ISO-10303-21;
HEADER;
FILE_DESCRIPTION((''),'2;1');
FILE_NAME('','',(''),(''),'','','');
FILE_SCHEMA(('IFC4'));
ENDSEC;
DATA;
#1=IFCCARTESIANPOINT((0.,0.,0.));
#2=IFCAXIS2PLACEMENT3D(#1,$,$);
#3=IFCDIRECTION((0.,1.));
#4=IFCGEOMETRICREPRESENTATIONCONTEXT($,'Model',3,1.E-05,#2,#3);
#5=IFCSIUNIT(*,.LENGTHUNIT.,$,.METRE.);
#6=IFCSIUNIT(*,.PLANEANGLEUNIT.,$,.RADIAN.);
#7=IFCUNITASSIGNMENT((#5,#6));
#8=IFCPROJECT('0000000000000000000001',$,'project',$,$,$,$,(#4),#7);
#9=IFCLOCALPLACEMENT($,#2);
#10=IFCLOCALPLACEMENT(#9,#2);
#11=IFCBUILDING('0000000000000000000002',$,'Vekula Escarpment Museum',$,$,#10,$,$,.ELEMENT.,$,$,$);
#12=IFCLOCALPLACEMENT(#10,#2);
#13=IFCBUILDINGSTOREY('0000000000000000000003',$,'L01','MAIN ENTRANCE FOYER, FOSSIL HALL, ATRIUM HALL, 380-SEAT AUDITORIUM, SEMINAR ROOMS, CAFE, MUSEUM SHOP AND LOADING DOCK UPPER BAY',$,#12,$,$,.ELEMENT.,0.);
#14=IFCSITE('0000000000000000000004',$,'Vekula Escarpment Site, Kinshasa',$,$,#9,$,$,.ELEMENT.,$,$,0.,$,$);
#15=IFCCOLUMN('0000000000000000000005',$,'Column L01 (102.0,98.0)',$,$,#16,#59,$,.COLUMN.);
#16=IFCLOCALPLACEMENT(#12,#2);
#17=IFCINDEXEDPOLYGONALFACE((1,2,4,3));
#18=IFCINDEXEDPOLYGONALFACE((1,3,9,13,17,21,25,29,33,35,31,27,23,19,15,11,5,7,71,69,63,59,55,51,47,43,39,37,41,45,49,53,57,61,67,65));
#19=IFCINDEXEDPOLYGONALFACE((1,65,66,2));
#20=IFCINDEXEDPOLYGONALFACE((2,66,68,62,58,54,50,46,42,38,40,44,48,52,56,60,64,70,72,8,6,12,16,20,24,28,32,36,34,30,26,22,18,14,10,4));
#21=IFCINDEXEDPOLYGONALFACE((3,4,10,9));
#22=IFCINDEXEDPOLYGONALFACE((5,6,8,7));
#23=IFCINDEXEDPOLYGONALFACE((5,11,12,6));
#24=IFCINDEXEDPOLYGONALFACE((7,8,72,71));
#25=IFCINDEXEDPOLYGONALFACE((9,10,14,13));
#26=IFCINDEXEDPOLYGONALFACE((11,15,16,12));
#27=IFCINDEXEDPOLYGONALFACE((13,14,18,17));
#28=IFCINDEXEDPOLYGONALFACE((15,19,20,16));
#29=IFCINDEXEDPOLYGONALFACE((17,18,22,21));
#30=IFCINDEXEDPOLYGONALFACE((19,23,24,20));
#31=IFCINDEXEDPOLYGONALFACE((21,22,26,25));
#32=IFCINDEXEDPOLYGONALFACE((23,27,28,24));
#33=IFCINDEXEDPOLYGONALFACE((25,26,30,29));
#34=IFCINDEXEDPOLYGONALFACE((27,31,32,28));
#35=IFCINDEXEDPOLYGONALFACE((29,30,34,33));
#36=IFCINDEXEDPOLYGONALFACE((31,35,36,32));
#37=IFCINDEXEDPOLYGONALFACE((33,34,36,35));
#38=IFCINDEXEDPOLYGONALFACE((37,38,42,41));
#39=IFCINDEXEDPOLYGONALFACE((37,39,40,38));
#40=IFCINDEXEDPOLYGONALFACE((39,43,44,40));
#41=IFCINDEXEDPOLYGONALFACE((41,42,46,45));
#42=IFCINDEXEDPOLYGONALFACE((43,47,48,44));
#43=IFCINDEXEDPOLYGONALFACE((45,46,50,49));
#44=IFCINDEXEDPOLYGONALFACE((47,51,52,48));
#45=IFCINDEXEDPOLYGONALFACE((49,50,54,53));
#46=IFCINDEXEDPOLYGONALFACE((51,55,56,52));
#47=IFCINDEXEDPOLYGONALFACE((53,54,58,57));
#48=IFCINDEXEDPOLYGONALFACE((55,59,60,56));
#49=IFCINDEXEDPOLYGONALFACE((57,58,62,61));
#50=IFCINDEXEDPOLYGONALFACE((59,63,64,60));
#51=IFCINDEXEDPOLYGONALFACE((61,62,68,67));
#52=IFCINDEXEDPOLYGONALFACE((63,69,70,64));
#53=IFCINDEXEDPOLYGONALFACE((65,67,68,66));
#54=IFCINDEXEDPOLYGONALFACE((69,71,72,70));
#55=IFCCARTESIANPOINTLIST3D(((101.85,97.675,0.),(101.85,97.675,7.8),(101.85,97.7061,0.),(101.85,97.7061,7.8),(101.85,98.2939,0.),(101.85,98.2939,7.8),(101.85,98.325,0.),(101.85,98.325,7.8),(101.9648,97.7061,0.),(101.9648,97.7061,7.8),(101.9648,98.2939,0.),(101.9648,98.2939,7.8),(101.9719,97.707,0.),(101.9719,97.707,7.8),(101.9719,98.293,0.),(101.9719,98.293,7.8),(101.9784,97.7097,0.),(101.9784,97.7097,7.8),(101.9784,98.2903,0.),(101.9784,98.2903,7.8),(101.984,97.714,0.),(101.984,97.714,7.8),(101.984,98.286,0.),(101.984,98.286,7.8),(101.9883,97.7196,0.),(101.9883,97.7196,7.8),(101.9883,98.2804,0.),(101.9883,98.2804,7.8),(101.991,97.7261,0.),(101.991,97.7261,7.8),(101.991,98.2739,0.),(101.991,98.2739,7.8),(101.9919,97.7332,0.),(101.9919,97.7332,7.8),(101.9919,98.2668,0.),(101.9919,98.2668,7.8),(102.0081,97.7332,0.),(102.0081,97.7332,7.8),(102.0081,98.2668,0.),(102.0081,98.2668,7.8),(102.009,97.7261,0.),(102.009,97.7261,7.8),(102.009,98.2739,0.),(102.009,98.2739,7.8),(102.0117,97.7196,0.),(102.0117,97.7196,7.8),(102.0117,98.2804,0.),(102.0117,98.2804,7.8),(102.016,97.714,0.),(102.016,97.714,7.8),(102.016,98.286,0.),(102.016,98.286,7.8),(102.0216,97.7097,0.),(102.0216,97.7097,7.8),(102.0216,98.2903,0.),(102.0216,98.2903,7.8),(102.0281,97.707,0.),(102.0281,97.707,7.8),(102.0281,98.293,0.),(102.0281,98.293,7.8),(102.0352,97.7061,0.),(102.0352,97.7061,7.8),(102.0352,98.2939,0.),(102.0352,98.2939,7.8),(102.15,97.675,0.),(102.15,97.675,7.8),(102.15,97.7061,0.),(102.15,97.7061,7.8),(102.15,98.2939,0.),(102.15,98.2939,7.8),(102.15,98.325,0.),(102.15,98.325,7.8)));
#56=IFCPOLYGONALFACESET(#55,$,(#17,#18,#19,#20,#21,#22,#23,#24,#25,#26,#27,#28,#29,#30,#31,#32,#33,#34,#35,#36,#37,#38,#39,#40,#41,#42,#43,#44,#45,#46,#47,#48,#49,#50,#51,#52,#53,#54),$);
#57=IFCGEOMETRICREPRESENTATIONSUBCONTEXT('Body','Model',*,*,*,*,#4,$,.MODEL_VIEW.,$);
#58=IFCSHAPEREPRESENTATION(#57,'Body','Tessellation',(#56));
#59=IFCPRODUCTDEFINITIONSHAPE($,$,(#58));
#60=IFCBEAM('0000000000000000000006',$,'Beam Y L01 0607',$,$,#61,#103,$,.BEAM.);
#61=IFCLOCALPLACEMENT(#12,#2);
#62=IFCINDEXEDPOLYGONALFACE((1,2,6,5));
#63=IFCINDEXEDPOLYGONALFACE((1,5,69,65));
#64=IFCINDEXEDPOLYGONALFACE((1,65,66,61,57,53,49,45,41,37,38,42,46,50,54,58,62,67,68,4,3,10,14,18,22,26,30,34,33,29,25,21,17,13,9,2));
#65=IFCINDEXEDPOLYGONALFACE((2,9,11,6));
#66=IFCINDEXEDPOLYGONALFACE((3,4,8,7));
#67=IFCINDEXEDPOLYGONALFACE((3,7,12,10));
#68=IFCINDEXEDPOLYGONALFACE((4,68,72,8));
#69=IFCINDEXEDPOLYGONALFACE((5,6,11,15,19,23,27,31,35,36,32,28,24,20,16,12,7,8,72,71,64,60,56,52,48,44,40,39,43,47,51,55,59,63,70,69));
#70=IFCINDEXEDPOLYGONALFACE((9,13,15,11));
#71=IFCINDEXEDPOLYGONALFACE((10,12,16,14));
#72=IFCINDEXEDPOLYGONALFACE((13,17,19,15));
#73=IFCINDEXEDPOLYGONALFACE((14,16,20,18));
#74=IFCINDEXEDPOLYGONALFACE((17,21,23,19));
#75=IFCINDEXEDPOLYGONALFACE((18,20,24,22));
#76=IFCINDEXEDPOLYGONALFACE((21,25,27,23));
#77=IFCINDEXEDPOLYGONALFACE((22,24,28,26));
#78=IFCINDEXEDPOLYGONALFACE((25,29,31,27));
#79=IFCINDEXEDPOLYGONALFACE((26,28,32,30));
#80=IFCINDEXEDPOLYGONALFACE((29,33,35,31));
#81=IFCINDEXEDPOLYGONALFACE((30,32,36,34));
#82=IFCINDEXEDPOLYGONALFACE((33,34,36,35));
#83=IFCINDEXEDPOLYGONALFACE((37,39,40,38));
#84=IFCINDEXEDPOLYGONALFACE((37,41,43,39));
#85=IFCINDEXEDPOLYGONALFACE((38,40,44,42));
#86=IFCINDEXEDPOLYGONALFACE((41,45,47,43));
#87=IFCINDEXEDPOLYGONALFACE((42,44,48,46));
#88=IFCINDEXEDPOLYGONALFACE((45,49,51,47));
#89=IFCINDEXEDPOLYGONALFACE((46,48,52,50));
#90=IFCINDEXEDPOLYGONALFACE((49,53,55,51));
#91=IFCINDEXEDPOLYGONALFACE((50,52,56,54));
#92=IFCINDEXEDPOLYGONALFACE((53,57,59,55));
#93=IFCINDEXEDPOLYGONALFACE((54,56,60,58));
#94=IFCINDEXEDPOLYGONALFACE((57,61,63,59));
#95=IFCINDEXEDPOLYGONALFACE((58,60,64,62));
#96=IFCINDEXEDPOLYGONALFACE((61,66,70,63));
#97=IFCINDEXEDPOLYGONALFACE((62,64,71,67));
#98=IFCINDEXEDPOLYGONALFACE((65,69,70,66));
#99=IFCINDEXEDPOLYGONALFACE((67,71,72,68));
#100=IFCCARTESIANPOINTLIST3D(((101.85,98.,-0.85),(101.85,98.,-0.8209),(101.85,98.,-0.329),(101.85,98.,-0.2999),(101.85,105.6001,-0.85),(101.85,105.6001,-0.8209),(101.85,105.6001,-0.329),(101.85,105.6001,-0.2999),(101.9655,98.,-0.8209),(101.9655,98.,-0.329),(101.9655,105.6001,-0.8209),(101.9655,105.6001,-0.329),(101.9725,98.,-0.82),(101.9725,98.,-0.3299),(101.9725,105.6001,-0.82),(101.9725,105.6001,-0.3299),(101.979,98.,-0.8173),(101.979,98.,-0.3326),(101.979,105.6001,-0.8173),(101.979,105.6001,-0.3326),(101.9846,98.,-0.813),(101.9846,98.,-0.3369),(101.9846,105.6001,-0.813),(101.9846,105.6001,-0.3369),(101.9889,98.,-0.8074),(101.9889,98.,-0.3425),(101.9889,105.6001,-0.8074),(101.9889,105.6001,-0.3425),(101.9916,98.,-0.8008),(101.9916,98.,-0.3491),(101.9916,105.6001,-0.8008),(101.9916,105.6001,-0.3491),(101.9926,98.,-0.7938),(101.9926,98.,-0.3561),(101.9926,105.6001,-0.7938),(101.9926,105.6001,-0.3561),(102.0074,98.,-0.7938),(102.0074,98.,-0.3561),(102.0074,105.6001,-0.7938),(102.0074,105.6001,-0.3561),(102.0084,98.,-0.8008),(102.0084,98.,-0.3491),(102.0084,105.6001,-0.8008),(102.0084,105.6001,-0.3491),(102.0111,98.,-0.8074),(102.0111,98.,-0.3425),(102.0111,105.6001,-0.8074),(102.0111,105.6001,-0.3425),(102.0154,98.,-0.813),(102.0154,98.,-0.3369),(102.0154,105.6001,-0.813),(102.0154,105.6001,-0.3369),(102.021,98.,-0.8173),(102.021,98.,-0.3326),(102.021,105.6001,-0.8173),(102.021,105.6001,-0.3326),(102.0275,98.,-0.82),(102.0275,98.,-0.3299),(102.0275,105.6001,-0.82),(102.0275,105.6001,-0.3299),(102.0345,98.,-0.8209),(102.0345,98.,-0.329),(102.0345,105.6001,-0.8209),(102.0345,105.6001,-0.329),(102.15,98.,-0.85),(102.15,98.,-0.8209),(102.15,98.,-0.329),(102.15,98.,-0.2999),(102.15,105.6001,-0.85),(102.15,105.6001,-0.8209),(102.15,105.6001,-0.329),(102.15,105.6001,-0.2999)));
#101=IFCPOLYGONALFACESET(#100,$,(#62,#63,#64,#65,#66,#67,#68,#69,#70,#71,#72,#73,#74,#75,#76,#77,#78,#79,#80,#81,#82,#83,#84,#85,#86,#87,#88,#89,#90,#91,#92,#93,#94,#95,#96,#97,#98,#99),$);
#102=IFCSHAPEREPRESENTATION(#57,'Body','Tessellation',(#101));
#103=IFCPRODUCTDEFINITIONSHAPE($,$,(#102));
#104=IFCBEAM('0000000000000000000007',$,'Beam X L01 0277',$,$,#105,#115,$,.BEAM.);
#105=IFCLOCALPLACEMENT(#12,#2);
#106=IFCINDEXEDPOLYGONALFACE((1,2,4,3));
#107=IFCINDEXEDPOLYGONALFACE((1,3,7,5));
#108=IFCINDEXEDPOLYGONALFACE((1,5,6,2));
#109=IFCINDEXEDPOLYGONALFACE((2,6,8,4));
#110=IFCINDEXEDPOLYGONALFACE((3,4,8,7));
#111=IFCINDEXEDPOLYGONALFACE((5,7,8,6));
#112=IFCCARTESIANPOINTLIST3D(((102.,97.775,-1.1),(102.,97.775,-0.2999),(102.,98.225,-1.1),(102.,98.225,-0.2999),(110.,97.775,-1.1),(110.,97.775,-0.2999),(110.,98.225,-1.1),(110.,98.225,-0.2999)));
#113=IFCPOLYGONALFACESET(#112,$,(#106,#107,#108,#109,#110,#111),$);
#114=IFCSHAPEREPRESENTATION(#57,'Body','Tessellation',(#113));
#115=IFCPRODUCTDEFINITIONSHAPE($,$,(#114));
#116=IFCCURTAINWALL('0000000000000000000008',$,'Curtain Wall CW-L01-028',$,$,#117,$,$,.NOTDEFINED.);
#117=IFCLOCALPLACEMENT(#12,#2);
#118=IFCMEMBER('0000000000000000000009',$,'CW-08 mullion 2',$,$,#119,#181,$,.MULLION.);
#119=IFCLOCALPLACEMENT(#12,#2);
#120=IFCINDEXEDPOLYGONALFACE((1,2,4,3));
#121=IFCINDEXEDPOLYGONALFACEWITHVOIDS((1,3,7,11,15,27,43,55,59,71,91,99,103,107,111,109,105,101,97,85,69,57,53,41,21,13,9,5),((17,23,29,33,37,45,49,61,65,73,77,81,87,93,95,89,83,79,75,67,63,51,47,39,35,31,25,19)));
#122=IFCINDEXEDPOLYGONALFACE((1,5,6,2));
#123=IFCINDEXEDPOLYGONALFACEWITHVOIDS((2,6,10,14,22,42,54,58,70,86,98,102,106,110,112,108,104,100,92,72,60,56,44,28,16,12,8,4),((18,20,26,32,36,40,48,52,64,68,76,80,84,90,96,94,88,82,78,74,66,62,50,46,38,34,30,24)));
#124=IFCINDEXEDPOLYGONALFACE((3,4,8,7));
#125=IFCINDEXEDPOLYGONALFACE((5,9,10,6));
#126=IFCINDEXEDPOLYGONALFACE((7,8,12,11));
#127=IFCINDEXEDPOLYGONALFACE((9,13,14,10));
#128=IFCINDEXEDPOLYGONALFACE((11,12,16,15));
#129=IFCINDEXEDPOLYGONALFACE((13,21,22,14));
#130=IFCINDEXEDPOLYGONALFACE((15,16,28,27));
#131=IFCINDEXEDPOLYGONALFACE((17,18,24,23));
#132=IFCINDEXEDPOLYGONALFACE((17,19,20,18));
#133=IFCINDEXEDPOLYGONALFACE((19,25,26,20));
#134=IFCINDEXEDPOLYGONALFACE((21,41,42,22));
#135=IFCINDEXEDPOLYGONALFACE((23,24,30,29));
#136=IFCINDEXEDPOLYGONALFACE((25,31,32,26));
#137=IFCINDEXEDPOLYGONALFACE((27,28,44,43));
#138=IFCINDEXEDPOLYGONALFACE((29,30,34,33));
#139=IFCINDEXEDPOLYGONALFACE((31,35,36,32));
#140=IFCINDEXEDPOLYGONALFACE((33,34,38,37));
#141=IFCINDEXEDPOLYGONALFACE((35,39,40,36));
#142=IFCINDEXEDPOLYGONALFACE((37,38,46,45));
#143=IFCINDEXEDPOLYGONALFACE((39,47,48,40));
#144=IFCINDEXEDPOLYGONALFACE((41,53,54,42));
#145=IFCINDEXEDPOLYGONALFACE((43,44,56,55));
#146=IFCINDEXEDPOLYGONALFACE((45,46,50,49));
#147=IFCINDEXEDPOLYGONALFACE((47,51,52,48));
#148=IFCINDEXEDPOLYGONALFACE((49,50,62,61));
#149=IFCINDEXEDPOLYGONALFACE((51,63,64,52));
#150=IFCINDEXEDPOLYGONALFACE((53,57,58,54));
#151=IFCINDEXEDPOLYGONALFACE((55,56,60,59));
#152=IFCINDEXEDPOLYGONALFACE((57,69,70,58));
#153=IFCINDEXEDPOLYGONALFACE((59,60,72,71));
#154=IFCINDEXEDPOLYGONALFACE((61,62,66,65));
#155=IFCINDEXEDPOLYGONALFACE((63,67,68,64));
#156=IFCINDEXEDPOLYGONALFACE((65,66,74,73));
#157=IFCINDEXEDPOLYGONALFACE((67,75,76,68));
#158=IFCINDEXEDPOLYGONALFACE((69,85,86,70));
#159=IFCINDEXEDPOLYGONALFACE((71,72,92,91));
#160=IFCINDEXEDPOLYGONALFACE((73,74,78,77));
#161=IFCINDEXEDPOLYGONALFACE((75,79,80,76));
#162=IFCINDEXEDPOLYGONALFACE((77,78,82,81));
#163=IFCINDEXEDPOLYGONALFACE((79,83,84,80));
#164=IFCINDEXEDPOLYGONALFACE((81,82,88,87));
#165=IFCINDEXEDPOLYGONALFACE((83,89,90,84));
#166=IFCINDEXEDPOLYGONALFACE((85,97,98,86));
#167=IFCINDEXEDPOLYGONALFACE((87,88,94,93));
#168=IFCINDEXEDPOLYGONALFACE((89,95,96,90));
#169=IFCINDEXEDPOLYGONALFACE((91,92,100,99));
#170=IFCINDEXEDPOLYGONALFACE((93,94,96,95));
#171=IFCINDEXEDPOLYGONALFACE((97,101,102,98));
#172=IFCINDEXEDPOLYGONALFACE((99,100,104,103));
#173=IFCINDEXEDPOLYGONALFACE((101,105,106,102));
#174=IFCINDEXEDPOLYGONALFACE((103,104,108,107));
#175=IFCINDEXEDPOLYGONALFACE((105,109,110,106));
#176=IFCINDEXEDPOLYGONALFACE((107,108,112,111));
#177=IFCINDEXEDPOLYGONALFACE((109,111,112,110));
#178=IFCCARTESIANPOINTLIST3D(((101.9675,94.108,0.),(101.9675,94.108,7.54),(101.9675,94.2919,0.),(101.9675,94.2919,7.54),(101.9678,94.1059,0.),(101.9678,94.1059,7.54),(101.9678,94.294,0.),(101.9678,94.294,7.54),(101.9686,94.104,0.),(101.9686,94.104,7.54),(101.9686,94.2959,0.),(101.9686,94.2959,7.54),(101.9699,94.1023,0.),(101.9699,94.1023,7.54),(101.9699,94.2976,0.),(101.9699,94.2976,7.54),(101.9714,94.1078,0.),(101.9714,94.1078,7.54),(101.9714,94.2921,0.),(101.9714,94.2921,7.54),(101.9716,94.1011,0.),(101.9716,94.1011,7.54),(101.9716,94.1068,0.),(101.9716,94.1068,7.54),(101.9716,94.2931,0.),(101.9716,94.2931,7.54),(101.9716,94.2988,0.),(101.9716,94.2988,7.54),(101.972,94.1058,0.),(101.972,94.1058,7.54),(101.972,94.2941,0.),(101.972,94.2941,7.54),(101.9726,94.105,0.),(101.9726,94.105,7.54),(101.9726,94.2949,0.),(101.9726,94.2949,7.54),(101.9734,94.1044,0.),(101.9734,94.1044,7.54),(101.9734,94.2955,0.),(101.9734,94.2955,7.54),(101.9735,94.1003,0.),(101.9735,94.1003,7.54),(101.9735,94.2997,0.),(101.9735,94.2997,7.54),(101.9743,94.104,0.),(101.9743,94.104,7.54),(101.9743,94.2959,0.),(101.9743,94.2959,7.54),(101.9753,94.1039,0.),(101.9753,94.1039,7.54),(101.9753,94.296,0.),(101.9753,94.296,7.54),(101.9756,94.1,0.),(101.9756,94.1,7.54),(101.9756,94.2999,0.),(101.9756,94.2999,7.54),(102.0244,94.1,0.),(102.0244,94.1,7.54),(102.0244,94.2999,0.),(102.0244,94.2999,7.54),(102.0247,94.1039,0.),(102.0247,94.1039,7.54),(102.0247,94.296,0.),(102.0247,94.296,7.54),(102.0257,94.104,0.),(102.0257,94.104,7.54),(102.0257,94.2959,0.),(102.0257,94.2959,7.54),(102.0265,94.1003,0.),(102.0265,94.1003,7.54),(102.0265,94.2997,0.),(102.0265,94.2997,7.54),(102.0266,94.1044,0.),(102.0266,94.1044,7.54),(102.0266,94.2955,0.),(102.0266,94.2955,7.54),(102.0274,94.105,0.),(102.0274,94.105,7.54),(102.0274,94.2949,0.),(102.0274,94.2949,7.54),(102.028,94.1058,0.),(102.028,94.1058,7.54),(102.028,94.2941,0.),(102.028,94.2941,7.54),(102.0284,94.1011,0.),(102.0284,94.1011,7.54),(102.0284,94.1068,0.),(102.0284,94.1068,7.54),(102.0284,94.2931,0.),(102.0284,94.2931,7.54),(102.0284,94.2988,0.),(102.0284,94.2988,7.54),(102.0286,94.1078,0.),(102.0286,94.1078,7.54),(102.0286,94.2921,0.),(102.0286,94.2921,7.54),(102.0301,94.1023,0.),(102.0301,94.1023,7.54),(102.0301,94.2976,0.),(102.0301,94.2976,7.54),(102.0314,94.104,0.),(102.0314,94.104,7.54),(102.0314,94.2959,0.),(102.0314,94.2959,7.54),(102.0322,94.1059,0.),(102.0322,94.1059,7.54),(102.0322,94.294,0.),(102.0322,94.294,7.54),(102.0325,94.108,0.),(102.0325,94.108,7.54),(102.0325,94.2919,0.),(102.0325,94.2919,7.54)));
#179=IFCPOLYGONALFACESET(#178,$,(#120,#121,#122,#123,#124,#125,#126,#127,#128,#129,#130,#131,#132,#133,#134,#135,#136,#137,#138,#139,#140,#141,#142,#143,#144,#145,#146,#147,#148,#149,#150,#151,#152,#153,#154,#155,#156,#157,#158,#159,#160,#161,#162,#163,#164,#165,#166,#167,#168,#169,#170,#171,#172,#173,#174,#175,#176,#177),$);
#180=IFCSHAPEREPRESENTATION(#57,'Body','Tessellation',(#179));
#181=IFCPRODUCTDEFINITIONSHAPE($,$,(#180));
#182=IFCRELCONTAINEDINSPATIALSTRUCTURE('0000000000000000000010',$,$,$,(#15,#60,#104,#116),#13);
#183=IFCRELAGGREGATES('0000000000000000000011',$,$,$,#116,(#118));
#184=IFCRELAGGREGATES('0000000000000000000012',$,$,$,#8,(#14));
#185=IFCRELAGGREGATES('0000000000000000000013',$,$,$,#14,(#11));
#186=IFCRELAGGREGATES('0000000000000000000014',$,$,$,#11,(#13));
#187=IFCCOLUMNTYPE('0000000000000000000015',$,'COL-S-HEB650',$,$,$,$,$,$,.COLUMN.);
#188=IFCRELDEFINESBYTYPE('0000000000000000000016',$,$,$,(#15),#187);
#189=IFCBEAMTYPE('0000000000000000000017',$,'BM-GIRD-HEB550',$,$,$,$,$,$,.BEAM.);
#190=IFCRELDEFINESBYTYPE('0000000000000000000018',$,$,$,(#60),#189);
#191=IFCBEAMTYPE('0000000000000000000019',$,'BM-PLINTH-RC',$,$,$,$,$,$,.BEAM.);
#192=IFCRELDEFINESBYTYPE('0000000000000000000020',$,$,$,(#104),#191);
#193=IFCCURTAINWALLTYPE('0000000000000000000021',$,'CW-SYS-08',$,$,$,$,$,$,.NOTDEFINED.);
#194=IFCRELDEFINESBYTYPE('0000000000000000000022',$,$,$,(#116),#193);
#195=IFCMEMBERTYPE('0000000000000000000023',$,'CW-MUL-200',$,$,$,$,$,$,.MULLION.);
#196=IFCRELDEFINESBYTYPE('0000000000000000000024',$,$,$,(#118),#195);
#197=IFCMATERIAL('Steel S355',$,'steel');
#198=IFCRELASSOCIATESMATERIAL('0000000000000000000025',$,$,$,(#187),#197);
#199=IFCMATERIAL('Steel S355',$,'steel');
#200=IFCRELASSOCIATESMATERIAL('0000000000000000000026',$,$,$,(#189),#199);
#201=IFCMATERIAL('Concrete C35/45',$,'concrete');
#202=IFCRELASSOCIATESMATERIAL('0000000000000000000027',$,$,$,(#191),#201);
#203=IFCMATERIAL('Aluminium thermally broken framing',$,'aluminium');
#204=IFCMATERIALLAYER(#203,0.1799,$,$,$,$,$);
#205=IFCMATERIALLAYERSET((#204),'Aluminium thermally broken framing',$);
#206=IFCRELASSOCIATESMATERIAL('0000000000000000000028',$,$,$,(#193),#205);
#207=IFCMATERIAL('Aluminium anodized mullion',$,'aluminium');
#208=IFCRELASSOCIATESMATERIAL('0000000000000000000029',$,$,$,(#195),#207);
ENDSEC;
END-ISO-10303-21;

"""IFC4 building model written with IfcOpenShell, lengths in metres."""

from ifc_helpers import new_model, si_unit, direction, frame, origin, origin_2d, place, context, subcontext, project, spatial, rectangle, hollow_rectangle, i_section, extrude, material, layer, layer_set, material_profile, profile_set, type_object, element, aggregate, save


model = new_model("IFC4")

# Units and contexts
model_context = context("Model", 3, precision=1e-05, world=origin(), true_north=direction((0.0, 1.0)))
body_context = subcontext(model_context, "Body", "Model", "MODEL_VIEW")
ifc_project = project(units=[si_unit("LENGTHUNIT", "METRE"), si_unit("PLANEANGLEUNIT", "RADIAN")], contexts=[model_context])

# Site, building, storey
site_placement = place(None, origin())
site = spatial("IfcSite", under=ifc_project, at=site_placement, Name="Vekula Escarpment Site, Kinshasa", CompositionType="ELEMENT", RefElevation=0.0)
building_placement = place(site_placement, origin())
building = spatial("IfcBuilding", under=site, at=building_placement, Name="Vekula Escarpment Museum", CompositionType="ELEMENT")
storey_placement = place(building_placement, origin())
storey = spatial("IfcBuildingStorey", under=building, at=storey_placement, Name="L01", Description="MAIN ENTRANCE FOYER, FOSSIL HALL, ATRIUM HALL, 380-SEAT AUDITORIUM, SEMINAR ROOMS, CAFE, MUSEUM SHOP AND LOADING DOCK UPPER BAY", CompositionType="ELEMENT", Elevation=0.0)

# Column
ifc_material_1 = material(Name="Steel S355", Category="steel")
ifc_material_profile_1 = material_profile(ifc_material_1, i_section(OverallWidth=0.3, OverallDepth=0.6499, WebThickness=0.0161, FlangeThickness=0.031, FilletRadius=0.0271, at=origin_2d()), Name="HEB 650")
ifc_profile_set_1 = profile_set([ifc_material_profile_1], Name="Steel S355")
column_type = type_object("IfcColumnType", Name="COL-S-HEB650", PredefinedType="COLUMN", material=ifc_profile_set_1)
column_placement = place(storey_placement, frame((102.0, 98.0, 0.0), z_axis=(0.0, 0.0, 1.0), x_axis=(1.0, 0.0, 0.0)))
element("IfcColumn", 1, at=column_placement, inside=storey, type_object=column_type, Name="Column L01 (102.0,98.0)", PredefinedType="COLUMN", context=body_context, shape_type="SweptSolid", body=[
    extrude(i_section(OverallWidth=0.3, OverallDepth=0.6499, WebThickness=0.0161, FlangeThickness=0.031, FilletRadius=0.0271, at=origin_2d()), origin(), (0.0, 0.0, 1.0), 7.8),
])

# Beams
ifc_material_2 = material(Name="Steel S355", Category="steel")
ifc_material_profile_2 = material_profile(ifc_material_2, i_section(OverallWidth=0.3, OverallDepth=0.55, WebThickness=0.0149, FlangeThickness=0.0291, FilletRadius=0.0271, at=origin_2d()), Name="HEB 550")
ifc_profile_set_2 = profile_set([ifc_material_profile_2], Name="Steel S355")
beam_type_1 = type_object("IfcBeamType", Name="BM-GIRD-HEB550", PredefinedType="BEAM", material=ifc_profile_set_2)
beam_1_placement = place(storey_placement, frame((102.0, 98.0, -0.575), z_axis=(0.0, 1.0, 0.0), x_axis=(-1.0, 0.0, 0.0)))
element("IfcBeam", 2, at=beam_1_placement, inside=storey, type_object=beam_type_1, Name="Beam Y L01 0607", PredefinedType="BEAM", context=body_context, shape_type="SweptSolid", body=[
    extrude(i_section(OverallWidth=0.3, OverallDepth=0.55, WebThickness=0.0149, FlangeThickness=0.0291, FilletRadius=0.0271, at=origin_2d()), origin(), (0.0, 0.0, 1.0), 7.6001),
])
ifc_material_3 = material(Name="Concrete C35/45", Category="concrete")
ifc_material_profile_3 = material_profile(ifc_material_3, rectangle(XDim=0.45, YDim=0.8, at=origin_2d()), Name="RC 450x800")
ifc_profile_set_3 = profile_set([ifc_material_profile_3], Name="Concrete C35/45")
beam_type_2 = type_object("IfcBeamType", Name="BM-PLINTH-RC", PredefinedType="BEAM", material=ifc_profile_set_3)
beam_2_placement = place(storey_placement, frame((102.0, 98.0, -0.7), z_axis=(1.0, 0.0, 0.0), x_axis=(0.0, 1.0, 0.0)))
element("IfcBeam", 3, at=beam_2_placement, inside=storey, type_object=beam_type_2, Name="Beam X L01 0277", PredefinedType="BEAM", context=body_context, shape_type="SweptSolid", body=[
    extrude(rectangle(XDim=0.45, YDim=0.8, at=origin_2d()), origin(), (0.0, 0.0, 1.0), 8.0),
])

# Curtain wall, member
ifc_material_4 = material(Name="Aluminium thermally broken framing", Category="aluminium")
ifc_layer_1 = layer(ifc_material_4, 0.1799)
ifc_layer_set_1 = layer_set([ifc_layer_1], Name="Aluminium thermally broken framing")
curtain_wall_type_1 = type_object("IfcCurtainWallType", Name="CW-SYS-08", PredefinedType="NOTDEFINED", material=ifc_layer_set_1)
curtain_wall_1_placement = place(storey_placement, origin())
curtain_wall_1 = element("IfcCurtainWall", 4, at=curtain_wall_1_placement, inside=storey, type_object=curtain_wall_type_1, Name="Curtain Wall CW-L01-028", PredefinedType="NOTDEFINED")
ifc_material_5 = material(Name="Aluminium anodized mullion", Category="aluminium")
ifc_material_profile_4 = material_profile(ifc_material_5, hollow_rectangle(XDim=0.0649, YDim=0.2, WallThickness=0.0039, InnerFilletRadius=0.0039, OuterFilletRadius=0.0081, at=origin_2d()), Name="ALU 200x65x4")
ifc_profile_set_4 = profile_set([ifc_material_profile_4], Name="Aluminium anodized mullion")
member_type_1 = type_object("IfcMemberType", Name="CW-MUL-200", PredefinedType="MULLION", material=ifc_profile_set_4)
member_1_placement = place(storey_placement, frame((102.0, 94.2, 0.0), z_axis=(0.0, 0.0, 1.0), x_axis=(-1.0, 0.0, 0.0)))
member_1 = element("IfcMember", 5, at=member_1_placement, type_object=member_type_1, Name="CW-08 mullion 2", PredefinedType="MULLION", context=body_context, shape_type="SweptSolid", body=[
    extrude(hollow_rectangle(XDim=0.0649, YDim=0.2, WallThickness=0.0039, InnerFilletRadius=0.0039, OuterFilletRadius=0.0081, at=origin_2d()), origin(), (0.0, 0.0, 1.0), 7.54),
])

aggregate(curtain_wall_1, [member_1])

save(model, "model.ifc")
